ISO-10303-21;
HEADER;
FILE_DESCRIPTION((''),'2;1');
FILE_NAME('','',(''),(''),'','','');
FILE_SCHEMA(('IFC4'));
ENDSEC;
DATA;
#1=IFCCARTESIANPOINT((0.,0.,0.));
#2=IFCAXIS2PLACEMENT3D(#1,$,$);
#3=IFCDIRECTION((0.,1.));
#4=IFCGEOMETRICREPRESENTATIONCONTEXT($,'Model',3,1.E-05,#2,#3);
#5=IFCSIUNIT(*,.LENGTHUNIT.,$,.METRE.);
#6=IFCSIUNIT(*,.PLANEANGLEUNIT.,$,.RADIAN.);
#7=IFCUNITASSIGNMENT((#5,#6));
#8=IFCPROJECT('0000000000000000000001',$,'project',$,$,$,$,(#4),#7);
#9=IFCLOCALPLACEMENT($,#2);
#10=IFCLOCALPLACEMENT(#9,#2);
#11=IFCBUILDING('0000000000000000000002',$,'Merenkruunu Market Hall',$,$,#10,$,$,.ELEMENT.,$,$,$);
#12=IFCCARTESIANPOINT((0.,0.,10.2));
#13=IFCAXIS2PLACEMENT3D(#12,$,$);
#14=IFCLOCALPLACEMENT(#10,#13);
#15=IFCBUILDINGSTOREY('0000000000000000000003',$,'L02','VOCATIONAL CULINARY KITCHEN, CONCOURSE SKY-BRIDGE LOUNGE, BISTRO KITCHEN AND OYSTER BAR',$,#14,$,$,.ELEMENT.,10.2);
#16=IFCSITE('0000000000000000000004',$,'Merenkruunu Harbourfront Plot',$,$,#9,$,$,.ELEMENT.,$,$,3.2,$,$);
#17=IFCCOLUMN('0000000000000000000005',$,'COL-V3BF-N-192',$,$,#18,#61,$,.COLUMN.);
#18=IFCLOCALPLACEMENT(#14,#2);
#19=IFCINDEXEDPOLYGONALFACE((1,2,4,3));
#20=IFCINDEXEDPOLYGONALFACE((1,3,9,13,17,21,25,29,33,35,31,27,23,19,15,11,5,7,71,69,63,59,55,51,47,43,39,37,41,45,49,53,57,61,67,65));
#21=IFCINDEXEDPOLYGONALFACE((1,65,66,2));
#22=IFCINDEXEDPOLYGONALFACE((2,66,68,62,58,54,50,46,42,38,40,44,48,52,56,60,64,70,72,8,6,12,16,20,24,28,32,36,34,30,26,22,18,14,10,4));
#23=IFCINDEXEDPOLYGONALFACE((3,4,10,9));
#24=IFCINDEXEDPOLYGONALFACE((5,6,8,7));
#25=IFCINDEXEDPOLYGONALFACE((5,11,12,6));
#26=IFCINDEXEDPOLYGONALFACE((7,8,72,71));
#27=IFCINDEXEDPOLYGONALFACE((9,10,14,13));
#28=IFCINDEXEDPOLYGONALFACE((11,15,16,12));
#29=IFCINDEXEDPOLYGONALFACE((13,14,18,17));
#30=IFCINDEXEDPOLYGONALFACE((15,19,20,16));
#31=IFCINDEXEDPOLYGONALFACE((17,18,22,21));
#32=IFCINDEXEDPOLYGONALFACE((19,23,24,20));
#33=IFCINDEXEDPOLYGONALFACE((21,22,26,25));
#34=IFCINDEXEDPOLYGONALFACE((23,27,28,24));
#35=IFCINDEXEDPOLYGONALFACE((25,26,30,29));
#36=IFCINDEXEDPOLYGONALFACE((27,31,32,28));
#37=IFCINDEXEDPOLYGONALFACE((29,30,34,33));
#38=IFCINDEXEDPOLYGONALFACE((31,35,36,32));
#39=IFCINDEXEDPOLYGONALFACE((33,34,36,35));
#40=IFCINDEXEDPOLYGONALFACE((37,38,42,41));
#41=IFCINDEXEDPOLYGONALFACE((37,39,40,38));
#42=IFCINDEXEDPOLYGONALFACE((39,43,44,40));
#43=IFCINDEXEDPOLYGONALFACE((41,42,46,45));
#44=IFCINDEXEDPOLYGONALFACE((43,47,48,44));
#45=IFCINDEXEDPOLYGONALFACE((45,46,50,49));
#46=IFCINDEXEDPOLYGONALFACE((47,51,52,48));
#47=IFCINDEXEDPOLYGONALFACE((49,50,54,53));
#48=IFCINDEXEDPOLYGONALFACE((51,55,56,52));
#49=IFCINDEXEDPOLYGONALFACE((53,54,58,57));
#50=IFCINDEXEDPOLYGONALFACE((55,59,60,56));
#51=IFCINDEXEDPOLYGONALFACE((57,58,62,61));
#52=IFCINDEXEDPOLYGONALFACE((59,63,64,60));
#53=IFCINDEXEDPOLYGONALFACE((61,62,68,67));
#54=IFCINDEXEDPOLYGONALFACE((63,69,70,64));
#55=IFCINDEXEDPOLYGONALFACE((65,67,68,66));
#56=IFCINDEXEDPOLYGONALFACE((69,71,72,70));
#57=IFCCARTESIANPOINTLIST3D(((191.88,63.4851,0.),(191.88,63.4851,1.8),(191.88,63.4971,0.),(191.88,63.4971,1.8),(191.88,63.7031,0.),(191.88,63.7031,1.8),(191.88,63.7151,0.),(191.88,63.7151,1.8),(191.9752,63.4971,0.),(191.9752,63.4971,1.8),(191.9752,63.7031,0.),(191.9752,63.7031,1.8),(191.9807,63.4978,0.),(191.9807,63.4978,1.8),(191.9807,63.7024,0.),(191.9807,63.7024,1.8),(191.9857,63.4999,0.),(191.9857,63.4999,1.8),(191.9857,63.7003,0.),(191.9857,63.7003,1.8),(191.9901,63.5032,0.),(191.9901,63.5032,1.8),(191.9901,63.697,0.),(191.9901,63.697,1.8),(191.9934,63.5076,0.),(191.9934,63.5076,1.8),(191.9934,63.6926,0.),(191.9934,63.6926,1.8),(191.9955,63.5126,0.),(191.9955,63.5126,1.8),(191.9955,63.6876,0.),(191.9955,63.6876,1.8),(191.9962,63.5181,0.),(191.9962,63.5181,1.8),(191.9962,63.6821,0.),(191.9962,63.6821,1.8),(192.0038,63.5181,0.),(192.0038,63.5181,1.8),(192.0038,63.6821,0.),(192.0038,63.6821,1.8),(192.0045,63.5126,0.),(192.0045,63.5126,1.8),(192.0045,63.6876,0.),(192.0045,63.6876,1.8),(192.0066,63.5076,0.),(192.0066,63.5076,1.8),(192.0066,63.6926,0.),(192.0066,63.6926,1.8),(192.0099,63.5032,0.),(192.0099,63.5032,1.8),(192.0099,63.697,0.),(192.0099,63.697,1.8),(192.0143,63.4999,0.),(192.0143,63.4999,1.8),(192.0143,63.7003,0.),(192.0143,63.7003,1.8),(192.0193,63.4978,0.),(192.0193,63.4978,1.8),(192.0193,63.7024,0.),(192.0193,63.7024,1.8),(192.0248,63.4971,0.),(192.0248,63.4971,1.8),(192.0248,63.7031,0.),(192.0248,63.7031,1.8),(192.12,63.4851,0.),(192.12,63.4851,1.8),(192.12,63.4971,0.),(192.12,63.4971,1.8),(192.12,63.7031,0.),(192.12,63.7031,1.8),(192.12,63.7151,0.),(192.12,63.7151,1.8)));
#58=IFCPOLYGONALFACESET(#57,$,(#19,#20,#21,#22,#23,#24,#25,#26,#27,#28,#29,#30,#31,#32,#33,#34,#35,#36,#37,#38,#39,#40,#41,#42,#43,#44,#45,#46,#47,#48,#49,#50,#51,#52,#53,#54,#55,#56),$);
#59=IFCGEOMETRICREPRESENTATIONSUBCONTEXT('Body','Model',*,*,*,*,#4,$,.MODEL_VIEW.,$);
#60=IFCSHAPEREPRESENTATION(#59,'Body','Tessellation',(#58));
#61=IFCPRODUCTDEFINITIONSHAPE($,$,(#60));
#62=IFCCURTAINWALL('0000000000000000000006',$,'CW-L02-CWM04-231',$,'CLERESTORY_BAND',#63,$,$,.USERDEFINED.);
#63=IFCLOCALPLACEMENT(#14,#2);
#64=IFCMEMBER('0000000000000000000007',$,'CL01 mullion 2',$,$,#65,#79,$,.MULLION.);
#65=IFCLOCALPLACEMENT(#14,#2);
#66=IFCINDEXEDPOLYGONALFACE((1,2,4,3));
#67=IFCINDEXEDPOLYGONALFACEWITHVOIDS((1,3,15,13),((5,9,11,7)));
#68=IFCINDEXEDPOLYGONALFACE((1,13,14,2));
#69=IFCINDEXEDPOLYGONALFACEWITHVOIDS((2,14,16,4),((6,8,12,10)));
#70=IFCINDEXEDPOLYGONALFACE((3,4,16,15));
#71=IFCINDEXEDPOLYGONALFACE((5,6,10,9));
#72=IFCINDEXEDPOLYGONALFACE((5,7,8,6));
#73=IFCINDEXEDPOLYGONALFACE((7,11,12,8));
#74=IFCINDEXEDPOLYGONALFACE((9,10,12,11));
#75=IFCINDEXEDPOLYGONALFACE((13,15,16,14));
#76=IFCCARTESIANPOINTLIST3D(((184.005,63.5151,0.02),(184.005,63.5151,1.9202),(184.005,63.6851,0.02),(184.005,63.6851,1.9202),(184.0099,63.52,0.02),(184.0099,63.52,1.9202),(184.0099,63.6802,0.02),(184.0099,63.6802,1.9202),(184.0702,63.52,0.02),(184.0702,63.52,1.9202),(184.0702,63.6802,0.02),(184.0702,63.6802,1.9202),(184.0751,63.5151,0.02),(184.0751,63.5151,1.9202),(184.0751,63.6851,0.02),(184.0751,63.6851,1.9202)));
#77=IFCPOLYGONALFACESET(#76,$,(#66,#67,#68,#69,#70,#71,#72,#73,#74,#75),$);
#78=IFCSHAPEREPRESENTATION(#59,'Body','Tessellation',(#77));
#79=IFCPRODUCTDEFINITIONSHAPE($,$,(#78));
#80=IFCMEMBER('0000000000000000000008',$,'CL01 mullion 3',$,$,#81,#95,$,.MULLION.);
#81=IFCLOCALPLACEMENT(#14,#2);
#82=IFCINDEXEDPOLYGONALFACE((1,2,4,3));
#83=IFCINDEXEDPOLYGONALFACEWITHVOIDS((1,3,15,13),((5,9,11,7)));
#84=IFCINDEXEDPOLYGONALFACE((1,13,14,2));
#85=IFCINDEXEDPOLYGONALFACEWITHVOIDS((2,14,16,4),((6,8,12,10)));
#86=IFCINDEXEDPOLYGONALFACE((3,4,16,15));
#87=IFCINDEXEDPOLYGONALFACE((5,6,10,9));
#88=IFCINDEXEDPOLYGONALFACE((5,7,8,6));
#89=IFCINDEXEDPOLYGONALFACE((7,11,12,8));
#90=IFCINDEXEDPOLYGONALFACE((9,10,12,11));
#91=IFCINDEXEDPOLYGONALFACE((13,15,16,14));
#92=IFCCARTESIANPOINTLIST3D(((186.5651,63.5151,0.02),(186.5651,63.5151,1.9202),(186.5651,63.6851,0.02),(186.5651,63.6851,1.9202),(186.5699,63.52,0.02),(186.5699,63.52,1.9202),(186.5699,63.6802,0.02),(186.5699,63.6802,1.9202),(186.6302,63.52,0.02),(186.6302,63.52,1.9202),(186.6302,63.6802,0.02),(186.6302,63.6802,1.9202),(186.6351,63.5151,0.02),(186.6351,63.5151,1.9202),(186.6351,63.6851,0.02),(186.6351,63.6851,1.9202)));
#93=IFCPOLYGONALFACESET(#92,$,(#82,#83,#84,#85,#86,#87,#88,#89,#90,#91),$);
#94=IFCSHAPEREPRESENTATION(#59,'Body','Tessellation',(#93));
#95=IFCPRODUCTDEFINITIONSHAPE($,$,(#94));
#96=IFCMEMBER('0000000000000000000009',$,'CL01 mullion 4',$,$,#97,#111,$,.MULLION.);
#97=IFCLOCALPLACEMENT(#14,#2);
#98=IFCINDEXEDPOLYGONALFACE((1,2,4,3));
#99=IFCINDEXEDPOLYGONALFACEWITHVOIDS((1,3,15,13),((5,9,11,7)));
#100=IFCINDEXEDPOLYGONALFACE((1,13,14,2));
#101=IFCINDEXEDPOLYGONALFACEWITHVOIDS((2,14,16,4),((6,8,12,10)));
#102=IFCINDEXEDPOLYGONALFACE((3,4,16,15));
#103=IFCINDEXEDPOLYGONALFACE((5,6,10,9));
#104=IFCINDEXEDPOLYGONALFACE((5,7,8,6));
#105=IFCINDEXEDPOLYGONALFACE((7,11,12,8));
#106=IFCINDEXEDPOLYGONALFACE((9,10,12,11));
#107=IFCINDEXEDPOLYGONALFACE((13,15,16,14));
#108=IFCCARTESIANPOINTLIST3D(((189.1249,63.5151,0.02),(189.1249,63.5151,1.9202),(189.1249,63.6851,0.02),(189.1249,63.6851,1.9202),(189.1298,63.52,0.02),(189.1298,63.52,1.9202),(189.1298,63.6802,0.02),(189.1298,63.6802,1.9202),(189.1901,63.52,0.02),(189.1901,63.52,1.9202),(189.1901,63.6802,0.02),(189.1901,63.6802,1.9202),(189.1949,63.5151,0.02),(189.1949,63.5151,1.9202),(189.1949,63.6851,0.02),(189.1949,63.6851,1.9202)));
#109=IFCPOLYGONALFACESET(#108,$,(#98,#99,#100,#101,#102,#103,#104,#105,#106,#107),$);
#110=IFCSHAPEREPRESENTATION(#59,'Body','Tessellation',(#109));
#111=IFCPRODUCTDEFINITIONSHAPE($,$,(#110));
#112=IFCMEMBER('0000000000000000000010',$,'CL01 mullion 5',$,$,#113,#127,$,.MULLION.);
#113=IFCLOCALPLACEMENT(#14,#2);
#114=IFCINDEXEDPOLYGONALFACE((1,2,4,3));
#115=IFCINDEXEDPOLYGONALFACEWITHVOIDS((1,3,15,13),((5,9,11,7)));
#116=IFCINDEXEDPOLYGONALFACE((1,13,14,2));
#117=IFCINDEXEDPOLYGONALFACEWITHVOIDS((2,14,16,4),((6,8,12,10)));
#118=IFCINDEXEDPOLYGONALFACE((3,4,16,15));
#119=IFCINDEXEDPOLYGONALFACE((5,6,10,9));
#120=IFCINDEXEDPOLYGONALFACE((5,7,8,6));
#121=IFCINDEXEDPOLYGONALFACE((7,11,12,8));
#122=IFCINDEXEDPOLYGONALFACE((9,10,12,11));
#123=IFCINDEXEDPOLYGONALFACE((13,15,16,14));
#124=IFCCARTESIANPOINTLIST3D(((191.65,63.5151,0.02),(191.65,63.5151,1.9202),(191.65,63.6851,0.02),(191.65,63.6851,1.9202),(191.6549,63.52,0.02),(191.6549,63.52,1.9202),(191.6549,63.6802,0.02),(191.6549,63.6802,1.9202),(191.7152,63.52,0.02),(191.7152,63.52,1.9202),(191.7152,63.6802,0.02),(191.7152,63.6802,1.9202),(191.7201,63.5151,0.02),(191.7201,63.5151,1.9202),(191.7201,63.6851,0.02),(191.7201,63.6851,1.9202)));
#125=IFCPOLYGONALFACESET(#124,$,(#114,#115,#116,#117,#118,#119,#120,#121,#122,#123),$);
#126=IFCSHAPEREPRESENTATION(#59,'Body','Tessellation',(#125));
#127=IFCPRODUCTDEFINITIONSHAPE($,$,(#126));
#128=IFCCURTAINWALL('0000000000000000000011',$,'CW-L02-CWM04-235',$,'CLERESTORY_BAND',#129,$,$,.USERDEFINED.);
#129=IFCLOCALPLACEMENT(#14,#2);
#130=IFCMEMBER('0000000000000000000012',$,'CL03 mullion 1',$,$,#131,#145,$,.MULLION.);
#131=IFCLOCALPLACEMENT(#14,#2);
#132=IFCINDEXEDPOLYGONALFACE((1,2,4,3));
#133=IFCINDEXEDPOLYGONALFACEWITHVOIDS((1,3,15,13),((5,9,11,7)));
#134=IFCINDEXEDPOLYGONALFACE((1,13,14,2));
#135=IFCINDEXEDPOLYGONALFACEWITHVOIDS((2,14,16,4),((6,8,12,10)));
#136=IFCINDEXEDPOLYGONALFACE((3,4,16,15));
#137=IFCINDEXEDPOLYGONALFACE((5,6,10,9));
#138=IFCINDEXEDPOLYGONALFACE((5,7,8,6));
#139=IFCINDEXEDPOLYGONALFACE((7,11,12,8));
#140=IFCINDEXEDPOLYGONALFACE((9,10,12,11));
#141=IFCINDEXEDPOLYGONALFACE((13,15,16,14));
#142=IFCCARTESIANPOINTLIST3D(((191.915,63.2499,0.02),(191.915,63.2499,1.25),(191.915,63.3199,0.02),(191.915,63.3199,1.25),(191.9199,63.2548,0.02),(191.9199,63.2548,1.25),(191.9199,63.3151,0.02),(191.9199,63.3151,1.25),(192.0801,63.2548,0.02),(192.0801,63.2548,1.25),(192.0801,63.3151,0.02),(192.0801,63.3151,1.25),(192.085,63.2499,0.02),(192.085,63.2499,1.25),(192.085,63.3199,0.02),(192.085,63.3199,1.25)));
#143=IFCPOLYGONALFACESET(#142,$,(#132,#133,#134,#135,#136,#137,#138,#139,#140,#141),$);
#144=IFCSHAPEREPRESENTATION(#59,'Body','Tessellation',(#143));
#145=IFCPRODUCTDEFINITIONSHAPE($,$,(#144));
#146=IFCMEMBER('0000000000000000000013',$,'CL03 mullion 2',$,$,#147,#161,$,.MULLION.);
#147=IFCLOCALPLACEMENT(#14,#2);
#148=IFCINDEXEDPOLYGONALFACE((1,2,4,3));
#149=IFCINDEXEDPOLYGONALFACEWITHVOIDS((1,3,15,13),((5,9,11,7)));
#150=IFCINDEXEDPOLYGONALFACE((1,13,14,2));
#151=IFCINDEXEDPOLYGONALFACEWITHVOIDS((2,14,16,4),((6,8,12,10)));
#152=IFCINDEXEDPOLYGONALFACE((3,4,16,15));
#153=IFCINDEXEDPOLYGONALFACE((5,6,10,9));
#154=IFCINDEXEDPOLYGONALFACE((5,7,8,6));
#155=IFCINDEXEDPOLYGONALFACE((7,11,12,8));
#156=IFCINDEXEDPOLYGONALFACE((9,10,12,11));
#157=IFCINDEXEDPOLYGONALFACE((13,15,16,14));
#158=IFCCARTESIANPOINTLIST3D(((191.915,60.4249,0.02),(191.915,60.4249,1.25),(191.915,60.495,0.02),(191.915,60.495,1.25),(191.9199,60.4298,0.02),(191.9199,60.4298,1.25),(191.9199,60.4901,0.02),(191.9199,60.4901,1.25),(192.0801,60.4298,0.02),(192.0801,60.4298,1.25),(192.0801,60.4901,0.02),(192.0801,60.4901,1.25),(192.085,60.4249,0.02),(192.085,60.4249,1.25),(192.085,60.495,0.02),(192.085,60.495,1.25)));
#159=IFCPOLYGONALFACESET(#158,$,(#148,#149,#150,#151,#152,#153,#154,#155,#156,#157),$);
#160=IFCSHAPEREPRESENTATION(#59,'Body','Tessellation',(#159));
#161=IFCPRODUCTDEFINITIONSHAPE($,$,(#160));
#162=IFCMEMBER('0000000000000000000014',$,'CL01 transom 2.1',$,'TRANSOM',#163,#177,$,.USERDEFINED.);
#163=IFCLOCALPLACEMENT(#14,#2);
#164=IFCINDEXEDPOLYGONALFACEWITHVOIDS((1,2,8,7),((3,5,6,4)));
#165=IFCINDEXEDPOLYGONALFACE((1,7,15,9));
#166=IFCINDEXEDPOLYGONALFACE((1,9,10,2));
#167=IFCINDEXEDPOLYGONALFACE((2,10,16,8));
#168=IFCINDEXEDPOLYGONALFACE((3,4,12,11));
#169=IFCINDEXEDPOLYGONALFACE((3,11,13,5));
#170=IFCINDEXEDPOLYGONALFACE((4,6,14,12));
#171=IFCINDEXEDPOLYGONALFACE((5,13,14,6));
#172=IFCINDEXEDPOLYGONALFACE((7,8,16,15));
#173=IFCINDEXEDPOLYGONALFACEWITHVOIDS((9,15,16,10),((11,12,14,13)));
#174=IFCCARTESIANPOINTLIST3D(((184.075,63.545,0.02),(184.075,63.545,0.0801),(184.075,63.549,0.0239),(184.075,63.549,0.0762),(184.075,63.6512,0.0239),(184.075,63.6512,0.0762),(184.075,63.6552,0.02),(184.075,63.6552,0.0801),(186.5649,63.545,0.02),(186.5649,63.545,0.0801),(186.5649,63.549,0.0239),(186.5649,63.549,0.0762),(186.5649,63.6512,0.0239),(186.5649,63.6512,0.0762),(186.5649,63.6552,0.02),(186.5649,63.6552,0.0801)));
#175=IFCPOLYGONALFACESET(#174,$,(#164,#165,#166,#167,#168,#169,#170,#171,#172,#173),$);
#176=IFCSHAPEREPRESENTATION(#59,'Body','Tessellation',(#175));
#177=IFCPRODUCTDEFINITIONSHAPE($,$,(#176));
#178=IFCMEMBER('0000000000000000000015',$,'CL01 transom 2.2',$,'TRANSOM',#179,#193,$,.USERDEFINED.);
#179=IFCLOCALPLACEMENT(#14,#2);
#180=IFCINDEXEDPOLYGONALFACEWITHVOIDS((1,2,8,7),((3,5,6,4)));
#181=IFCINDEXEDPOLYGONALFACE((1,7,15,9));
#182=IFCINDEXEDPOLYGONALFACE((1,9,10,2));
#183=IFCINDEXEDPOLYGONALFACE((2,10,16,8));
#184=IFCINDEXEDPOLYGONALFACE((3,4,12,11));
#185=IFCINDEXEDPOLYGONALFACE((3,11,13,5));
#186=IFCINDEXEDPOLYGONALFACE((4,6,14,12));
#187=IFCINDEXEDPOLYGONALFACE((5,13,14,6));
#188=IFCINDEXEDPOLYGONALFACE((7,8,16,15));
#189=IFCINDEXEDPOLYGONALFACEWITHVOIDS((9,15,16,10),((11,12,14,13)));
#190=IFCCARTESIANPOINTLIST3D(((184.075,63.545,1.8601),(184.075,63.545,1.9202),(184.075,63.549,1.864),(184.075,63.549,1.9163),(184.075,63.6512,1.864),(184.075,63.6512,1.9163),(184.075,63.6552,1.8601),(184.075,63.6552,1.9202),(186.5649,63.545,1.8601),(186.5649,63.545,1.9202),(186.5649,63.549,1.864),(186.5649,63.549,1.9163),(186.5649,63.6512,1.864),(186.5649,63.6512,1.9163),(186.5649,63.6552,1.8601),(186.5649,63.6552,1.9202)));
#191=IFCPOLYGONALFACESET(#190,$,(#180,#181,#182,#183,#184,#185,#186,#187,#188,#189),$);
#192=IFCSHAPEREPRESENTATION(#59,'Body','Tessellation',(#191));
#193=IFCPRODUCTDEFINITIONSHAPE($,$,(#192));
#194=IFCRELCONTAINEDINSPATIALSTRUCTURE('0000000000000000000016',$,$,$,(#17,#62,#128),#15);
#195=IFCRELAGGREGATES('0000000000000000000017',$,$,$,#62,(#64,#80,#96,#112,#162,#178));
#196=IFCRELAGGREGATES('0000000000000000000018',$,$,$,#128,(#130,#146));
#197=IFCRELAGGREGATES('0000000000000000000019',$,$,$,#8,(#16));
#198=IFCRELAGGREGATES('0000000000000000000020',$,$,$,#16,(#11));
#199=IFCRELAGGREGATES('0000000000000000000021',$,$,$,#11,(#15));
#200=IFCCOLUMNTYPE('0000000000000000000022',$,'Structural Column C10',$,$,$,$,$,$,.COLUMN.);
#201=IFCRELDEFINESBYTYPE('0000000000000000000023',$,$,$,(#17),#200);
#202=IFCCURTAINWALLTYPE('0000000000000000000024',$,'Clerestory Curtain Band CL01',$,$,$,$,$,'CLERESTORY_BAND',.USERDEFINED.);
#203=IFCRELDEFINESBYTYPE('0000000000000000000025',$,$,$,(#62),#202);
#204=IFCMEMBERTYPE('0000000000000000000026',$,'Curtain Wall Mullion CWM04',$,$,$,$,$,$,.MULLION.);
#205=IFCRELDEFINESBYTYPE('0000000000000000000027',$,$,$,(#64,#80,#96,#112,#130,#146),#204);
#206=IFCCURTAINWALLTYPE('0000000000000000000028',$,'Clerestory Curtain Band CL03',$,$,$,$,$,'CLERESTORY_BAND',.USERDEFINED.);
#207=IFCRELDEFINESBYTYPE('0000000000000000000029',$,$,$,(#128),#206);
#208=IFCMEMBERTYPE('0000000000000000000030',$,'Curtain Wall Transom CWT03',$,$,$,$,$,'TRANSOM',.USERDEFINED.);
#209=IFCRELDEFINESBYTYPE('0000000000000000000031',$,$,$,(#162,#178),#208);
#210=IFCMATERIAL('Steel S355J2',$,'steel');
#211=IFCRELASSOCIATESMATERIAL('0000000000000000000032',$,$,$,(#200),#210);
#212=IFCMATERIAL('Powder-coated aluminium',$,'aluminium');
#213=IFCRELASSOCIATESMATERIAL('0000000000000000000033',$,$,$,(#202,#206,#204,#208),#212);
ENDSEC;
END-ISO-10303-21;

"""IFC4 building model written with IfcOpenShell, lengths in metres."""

from ifc_helpers import new_model, si_unit, direction, frame, origin, origin_2d, place, context, subcontext, project, spatial, hollow_rectangle, i_section, extrude, material, material_profile, profile_set, type_object, element, aggregate, save


model = new_model("IFC4")

# Units and contexts
model_context = context("Model", 3, precision=1e-05, world=origin(), true_north=direction((0.0, 1.0)))
body_context = subcontext(model_context, "Body", "Model", "MODEL_VIEW")
ifc_project = project(units=[si_unit("LENGTHUNIT", "METRE"), si_unit("PLANEANGLEUNIT", "RADIAN")], contexts=[model_context])

# Site, building, storey
site_placement = place(None, origin())
site = spatial("IfcSite", under=ifc_project, at=site_placement, Name="Merenkruunu Harbourfront Plot", CompositionType="ELEMENT", RefElevation=3.2)
building_placement = place(site_placement, origin())
building = spatial("IfcBuilding", under=site, at=building_placement, Name="Merenkruunu Market Hall", CompositionType="ELEMENT")
storey_placement = place(building_placement, frame((0.0, 0.0, 10.2)))
storey = spatial("IfcBuildingStorey", under=building, at=storey_placement, Name="L02", Description="VOCATIONAL CULINARY KITCHEN, CONCOURSE SKY-BRIDGE LOUNGE, BISTRO KITCHEN AND OYSTER BAR", CompositionType="ELEMENT", Elevation=10.2)

# Column
ifc_material_1 = material(Name="Steel S355J2", Category="steel")
ifc_material_profile_1 = material_profile(ifc_material_1, i_section(OverallWidth=0.24, OverallDepth=0.23, WebThickness=0.0076, FlangeThickness=0.012, FilletRadius=0.021, at=origin_2d()), Name="HEA 240")
ifc_profile_set_1 = profile_set([ifc_material_profile_1], Name="Steel S355J2")
column_type = type_object("IfcColumnType", Name="Structural Column C10", PredefinedType="COLUMN", material=ifc_profile_set_1)
column_placement = place(storey_placement, frame((192.0, 63.6001, 0.0), z_axis=(0.0, 0.0, 1.0), x_axis=(1.0, 0.0, 0.0)))
element("IfcColumn", 1, at=column_placement, inside=storey, type_object=column_type, Name="COL-V3BF-N-192", PredefinedType="COLUMN", context=body_context, shape_type="SweptSolid", body=[
    extrude(i_section(OverallWidth=0.24, OverallDepth=0.23, WebThickness=0.0076, FlangeThickness=0.012, FilletRadius=0.021, at=origin_2d()), origin(), (0.0, 0.0, 1.0), 1.8),
])

# Curtain walls, members
ifc_material_2 = material(Name="Powder-coated aluminium", Category="aluminium")
curtain_wall_type_1 = type_object("IfcCurtainWallType", Name="Clerestory Curtain Band CL01", ElementType="CLERESTORY_BAND", PredefinedType="USERDEFINED", material=ifc_material_2)
curtain_wall_1_placement = place(storey_placement, origin())
curtain_wall_1 = element("IfcCurtainWall", 2, at=curtain_wall_1_placement, inside=storey, type_object=curtain_wall_type_1, Name="CW-L02-CWM04-231", ObjectType="CLERESTORY_BAND", PredefinedType="USERDEFINED")
ifc_material_profile_2 = material_profile(ifc_material_2, hollow_rectangle(XDim=0.0701, YDim=0.1699, WallThickness=0.0049, at=origin_2d()), Name="ALU 70x170x5")
ifc_profile_set_2 = profile_set([ifc_material_profile_2], Name="Powder-coated aluminium")
member_type_1 = type_object("IfcMemberType", Name="Curtain Wall Mullion CWM04", PredefinedType="MULLION", material=ifc_profile_set_2)
member_1_placement = place(storey_placement, frame((184.04, 63.6001, 0.02), z_axis=(0.0, 0.0, 1.0), x_axis=(1.0, 0.0, 0.0)))
member_1 = element("IfcMember", 3, at=member_1_placement, type_object=member_type_1, Name="CL01 mullion 2", PredefinedType="MULLION", context=body_context, shape_type="SweptSolid", body=[
    extrude(hollow_rectangle(XDim=0.0701, YDim=0.1699, WallThickness=0.0049, at=origin_2d()), origin(), (0.0, 0.0, 1.0), 1.9001),
])
member_2_placement = place(storey_placement, frame((186.6001, 63.6001, 0.02), z_axis=(0.0, 0.0, 1.0), x_axis=(1.0, 0.0, 0.0)))
member_2 = element("IfcMember", 4, at=member_2_placement, type_object=member_type_1, Name="CL01 mullion 3", PredefinedType="MULLION", context=body_context, shape_type="SweptSolid", body=[
    extrude(hollow_rectangle(XDim=0.0701, YDim=0.1699, WallThickness=0.0049, at=origin_2d()), origin(), (0.0, 0.0, 1.0), 1.9001),
])
member_3_placement = place(storey_placement, frame((189.1599, 63.6001, 0.02), z_axis=(0.0, 0.0, 1.0), x_axis=(1.0, 0.0, 0.0)))
member_3 = element("IfcMember", 5, at=member_3_placement, type_object=member_type_1, Name="CL01 mullion 4", PredefinedType="MULLION", context=body_context, shape_type="SweptSolid", body=[
    extrude(hollow_rectangle(XDim=0.0701, YDim=0.1699, WallThickness=0.0049, at=origin_2d()), origin(), (0.0, 0.0, 1.0), 1.9001),
])
member_4_placement = place(storey_placement, frame((191.6851, 63.6001, 0.02), z_axis=(0.0, 0.0, 1.0), x_axis=(1.0, 0.0, 0.0)))
member_4 = element("IfcMember", 6, at=member_4_placement, type_object=member_type_1, Name="CL01 mullion 5", PredefinedType="MULLION", context=body_context, shape_type="SweptSolid", body=[
    extrude(hollow_rectangle(XDim=0.0701, YDim=0.1699, WallThickness=0.0049, at=origin_2d()), origin(), (0.0, 0.0, 1.0), 1.9001),
])
curtain_wall_type_2 = type_object("IfcCurtainWallType", Name="Clerestory Curtain Band CL03", ElementType="CLERESTORY_BAND", PredefinedType="USERDEFINED", material=ifc_material_2)
curtain_wall_2_placement = place(storey_placement, origin())
curtain_wall_2 = element("IfcCurtainWall", 7, at=curtain_wall_2_placement, inside=storey, type_object=curtain_wall_type_2, Name="CW-L02-CWM04-235", ObjectType="CLERESTORY_BAND", PredefinedType="USERDEFINED")
member_5_placement = place(storey_placement, frame((192.0, 63.2849, 0.02), z_axis=(0.0, 0.0, 1.0), x_axis=(0.0, -1.0, 0.0)))
member_5 = element("IfcMember", 8, at=member_5_placement, type_object=member_type_1, Name="CL03 mullion 1", PredefinedType="MULLION", context=body_context, shape_type="SweptSolid", body=[
    extrude(hollow_rectangle(XDim=0.0701, YDim=0.1699, WallThickness=0.0049, at=origin_2d()), origin(), (0.0, 0.0, 1.0), 1.23),
])
member_6_placement = place(storey_placement, frame((192.0, 60.46, 0.02), z_axis=(0.0, 0.0, 1.0), x_axis=(0.0, -1.0, 0.0)))
member_6 = element("IfcMember", 9, at=member_6_placement, type_object=member_type_1, Name="CL03 mullion 2", PredefinedType="MULLION", context=body_context, shape_type="SweptSolid", body=[
    extrude(hollow_rectangle(XDim=0.0701, YDim=0.1699, WallThickness=0.0049, at=origin_2d()), origin(), (0.0, 0.0, 1.0), 1.23),
])

# Members
ifc_material_profile_3 = material_profile(ifc_material_2, hollow_rectangle(XDim=0.0601, YDim=0.1101, WallThickness=0.0039, at=origin_2d()), Name="ALU 60x110x4")
ifc_profile_set_3 = profile_set([ifc_material_profile_3], Name="Powder-coated aluminium")
member_type_2 = type_object("IfcMemberType", Name="Curtain Wall Transom CWT03", ElementType="TRANSOM", PredefinedType="USERDEFINED", material=ifc_profile_set_3)
member_7_placement = place(storey_placement, frame((184.075, 63.6001, 0.05), z_axis=(1.0, 0.0, 0.0), x_axis=(0.0, 0.0, 1.0)))
member_7 = element("IfcMember", 10, at=member_7_placement, type_object=member_type_2, Name="CL01 transom 2.1", ObjectType="TRANSOM", PredefinedType="USERDEFINED", context=body_context, shape_type="SweptSolid", body=[
    extrude(hollow_rectangle(XDim=0.0601, YDim=0.1101, WallThickness=0.0039, at=origin_2d()), origin(), (0.0, 0.0, 1.0), 2.49),
])
member_8_placement = place(storey_placement, frame((184.075, 63.6001, 1.8901), z_axis=(1.0, 0.0, 0.0), x_axis=(0.0, 0.0, 1.0)))
member_8 = element("IfcMember", 11, at=member_8_placement, type_object=member_type_2, Name="CL01 transom 2.2", ObjectType="TRANSOM", PredefinedType="USERDEFINED", context=body_context, shape_type="SweptSolid", body=[
    extrude(hollow_rectangle(XDim=0.0601, YDim=0.1101, WallThickness=0.0039, at=origin_2d()), origin(), (0.0, 0.0, 1.0), 2.49),
])

aggregate(curtain_wall_1, [member_1, member_2, member_3, member_4, member_7, member_8])
aggregate(curtain_wall_2, [member_5, member_6])

save(model, "model.ifc")
